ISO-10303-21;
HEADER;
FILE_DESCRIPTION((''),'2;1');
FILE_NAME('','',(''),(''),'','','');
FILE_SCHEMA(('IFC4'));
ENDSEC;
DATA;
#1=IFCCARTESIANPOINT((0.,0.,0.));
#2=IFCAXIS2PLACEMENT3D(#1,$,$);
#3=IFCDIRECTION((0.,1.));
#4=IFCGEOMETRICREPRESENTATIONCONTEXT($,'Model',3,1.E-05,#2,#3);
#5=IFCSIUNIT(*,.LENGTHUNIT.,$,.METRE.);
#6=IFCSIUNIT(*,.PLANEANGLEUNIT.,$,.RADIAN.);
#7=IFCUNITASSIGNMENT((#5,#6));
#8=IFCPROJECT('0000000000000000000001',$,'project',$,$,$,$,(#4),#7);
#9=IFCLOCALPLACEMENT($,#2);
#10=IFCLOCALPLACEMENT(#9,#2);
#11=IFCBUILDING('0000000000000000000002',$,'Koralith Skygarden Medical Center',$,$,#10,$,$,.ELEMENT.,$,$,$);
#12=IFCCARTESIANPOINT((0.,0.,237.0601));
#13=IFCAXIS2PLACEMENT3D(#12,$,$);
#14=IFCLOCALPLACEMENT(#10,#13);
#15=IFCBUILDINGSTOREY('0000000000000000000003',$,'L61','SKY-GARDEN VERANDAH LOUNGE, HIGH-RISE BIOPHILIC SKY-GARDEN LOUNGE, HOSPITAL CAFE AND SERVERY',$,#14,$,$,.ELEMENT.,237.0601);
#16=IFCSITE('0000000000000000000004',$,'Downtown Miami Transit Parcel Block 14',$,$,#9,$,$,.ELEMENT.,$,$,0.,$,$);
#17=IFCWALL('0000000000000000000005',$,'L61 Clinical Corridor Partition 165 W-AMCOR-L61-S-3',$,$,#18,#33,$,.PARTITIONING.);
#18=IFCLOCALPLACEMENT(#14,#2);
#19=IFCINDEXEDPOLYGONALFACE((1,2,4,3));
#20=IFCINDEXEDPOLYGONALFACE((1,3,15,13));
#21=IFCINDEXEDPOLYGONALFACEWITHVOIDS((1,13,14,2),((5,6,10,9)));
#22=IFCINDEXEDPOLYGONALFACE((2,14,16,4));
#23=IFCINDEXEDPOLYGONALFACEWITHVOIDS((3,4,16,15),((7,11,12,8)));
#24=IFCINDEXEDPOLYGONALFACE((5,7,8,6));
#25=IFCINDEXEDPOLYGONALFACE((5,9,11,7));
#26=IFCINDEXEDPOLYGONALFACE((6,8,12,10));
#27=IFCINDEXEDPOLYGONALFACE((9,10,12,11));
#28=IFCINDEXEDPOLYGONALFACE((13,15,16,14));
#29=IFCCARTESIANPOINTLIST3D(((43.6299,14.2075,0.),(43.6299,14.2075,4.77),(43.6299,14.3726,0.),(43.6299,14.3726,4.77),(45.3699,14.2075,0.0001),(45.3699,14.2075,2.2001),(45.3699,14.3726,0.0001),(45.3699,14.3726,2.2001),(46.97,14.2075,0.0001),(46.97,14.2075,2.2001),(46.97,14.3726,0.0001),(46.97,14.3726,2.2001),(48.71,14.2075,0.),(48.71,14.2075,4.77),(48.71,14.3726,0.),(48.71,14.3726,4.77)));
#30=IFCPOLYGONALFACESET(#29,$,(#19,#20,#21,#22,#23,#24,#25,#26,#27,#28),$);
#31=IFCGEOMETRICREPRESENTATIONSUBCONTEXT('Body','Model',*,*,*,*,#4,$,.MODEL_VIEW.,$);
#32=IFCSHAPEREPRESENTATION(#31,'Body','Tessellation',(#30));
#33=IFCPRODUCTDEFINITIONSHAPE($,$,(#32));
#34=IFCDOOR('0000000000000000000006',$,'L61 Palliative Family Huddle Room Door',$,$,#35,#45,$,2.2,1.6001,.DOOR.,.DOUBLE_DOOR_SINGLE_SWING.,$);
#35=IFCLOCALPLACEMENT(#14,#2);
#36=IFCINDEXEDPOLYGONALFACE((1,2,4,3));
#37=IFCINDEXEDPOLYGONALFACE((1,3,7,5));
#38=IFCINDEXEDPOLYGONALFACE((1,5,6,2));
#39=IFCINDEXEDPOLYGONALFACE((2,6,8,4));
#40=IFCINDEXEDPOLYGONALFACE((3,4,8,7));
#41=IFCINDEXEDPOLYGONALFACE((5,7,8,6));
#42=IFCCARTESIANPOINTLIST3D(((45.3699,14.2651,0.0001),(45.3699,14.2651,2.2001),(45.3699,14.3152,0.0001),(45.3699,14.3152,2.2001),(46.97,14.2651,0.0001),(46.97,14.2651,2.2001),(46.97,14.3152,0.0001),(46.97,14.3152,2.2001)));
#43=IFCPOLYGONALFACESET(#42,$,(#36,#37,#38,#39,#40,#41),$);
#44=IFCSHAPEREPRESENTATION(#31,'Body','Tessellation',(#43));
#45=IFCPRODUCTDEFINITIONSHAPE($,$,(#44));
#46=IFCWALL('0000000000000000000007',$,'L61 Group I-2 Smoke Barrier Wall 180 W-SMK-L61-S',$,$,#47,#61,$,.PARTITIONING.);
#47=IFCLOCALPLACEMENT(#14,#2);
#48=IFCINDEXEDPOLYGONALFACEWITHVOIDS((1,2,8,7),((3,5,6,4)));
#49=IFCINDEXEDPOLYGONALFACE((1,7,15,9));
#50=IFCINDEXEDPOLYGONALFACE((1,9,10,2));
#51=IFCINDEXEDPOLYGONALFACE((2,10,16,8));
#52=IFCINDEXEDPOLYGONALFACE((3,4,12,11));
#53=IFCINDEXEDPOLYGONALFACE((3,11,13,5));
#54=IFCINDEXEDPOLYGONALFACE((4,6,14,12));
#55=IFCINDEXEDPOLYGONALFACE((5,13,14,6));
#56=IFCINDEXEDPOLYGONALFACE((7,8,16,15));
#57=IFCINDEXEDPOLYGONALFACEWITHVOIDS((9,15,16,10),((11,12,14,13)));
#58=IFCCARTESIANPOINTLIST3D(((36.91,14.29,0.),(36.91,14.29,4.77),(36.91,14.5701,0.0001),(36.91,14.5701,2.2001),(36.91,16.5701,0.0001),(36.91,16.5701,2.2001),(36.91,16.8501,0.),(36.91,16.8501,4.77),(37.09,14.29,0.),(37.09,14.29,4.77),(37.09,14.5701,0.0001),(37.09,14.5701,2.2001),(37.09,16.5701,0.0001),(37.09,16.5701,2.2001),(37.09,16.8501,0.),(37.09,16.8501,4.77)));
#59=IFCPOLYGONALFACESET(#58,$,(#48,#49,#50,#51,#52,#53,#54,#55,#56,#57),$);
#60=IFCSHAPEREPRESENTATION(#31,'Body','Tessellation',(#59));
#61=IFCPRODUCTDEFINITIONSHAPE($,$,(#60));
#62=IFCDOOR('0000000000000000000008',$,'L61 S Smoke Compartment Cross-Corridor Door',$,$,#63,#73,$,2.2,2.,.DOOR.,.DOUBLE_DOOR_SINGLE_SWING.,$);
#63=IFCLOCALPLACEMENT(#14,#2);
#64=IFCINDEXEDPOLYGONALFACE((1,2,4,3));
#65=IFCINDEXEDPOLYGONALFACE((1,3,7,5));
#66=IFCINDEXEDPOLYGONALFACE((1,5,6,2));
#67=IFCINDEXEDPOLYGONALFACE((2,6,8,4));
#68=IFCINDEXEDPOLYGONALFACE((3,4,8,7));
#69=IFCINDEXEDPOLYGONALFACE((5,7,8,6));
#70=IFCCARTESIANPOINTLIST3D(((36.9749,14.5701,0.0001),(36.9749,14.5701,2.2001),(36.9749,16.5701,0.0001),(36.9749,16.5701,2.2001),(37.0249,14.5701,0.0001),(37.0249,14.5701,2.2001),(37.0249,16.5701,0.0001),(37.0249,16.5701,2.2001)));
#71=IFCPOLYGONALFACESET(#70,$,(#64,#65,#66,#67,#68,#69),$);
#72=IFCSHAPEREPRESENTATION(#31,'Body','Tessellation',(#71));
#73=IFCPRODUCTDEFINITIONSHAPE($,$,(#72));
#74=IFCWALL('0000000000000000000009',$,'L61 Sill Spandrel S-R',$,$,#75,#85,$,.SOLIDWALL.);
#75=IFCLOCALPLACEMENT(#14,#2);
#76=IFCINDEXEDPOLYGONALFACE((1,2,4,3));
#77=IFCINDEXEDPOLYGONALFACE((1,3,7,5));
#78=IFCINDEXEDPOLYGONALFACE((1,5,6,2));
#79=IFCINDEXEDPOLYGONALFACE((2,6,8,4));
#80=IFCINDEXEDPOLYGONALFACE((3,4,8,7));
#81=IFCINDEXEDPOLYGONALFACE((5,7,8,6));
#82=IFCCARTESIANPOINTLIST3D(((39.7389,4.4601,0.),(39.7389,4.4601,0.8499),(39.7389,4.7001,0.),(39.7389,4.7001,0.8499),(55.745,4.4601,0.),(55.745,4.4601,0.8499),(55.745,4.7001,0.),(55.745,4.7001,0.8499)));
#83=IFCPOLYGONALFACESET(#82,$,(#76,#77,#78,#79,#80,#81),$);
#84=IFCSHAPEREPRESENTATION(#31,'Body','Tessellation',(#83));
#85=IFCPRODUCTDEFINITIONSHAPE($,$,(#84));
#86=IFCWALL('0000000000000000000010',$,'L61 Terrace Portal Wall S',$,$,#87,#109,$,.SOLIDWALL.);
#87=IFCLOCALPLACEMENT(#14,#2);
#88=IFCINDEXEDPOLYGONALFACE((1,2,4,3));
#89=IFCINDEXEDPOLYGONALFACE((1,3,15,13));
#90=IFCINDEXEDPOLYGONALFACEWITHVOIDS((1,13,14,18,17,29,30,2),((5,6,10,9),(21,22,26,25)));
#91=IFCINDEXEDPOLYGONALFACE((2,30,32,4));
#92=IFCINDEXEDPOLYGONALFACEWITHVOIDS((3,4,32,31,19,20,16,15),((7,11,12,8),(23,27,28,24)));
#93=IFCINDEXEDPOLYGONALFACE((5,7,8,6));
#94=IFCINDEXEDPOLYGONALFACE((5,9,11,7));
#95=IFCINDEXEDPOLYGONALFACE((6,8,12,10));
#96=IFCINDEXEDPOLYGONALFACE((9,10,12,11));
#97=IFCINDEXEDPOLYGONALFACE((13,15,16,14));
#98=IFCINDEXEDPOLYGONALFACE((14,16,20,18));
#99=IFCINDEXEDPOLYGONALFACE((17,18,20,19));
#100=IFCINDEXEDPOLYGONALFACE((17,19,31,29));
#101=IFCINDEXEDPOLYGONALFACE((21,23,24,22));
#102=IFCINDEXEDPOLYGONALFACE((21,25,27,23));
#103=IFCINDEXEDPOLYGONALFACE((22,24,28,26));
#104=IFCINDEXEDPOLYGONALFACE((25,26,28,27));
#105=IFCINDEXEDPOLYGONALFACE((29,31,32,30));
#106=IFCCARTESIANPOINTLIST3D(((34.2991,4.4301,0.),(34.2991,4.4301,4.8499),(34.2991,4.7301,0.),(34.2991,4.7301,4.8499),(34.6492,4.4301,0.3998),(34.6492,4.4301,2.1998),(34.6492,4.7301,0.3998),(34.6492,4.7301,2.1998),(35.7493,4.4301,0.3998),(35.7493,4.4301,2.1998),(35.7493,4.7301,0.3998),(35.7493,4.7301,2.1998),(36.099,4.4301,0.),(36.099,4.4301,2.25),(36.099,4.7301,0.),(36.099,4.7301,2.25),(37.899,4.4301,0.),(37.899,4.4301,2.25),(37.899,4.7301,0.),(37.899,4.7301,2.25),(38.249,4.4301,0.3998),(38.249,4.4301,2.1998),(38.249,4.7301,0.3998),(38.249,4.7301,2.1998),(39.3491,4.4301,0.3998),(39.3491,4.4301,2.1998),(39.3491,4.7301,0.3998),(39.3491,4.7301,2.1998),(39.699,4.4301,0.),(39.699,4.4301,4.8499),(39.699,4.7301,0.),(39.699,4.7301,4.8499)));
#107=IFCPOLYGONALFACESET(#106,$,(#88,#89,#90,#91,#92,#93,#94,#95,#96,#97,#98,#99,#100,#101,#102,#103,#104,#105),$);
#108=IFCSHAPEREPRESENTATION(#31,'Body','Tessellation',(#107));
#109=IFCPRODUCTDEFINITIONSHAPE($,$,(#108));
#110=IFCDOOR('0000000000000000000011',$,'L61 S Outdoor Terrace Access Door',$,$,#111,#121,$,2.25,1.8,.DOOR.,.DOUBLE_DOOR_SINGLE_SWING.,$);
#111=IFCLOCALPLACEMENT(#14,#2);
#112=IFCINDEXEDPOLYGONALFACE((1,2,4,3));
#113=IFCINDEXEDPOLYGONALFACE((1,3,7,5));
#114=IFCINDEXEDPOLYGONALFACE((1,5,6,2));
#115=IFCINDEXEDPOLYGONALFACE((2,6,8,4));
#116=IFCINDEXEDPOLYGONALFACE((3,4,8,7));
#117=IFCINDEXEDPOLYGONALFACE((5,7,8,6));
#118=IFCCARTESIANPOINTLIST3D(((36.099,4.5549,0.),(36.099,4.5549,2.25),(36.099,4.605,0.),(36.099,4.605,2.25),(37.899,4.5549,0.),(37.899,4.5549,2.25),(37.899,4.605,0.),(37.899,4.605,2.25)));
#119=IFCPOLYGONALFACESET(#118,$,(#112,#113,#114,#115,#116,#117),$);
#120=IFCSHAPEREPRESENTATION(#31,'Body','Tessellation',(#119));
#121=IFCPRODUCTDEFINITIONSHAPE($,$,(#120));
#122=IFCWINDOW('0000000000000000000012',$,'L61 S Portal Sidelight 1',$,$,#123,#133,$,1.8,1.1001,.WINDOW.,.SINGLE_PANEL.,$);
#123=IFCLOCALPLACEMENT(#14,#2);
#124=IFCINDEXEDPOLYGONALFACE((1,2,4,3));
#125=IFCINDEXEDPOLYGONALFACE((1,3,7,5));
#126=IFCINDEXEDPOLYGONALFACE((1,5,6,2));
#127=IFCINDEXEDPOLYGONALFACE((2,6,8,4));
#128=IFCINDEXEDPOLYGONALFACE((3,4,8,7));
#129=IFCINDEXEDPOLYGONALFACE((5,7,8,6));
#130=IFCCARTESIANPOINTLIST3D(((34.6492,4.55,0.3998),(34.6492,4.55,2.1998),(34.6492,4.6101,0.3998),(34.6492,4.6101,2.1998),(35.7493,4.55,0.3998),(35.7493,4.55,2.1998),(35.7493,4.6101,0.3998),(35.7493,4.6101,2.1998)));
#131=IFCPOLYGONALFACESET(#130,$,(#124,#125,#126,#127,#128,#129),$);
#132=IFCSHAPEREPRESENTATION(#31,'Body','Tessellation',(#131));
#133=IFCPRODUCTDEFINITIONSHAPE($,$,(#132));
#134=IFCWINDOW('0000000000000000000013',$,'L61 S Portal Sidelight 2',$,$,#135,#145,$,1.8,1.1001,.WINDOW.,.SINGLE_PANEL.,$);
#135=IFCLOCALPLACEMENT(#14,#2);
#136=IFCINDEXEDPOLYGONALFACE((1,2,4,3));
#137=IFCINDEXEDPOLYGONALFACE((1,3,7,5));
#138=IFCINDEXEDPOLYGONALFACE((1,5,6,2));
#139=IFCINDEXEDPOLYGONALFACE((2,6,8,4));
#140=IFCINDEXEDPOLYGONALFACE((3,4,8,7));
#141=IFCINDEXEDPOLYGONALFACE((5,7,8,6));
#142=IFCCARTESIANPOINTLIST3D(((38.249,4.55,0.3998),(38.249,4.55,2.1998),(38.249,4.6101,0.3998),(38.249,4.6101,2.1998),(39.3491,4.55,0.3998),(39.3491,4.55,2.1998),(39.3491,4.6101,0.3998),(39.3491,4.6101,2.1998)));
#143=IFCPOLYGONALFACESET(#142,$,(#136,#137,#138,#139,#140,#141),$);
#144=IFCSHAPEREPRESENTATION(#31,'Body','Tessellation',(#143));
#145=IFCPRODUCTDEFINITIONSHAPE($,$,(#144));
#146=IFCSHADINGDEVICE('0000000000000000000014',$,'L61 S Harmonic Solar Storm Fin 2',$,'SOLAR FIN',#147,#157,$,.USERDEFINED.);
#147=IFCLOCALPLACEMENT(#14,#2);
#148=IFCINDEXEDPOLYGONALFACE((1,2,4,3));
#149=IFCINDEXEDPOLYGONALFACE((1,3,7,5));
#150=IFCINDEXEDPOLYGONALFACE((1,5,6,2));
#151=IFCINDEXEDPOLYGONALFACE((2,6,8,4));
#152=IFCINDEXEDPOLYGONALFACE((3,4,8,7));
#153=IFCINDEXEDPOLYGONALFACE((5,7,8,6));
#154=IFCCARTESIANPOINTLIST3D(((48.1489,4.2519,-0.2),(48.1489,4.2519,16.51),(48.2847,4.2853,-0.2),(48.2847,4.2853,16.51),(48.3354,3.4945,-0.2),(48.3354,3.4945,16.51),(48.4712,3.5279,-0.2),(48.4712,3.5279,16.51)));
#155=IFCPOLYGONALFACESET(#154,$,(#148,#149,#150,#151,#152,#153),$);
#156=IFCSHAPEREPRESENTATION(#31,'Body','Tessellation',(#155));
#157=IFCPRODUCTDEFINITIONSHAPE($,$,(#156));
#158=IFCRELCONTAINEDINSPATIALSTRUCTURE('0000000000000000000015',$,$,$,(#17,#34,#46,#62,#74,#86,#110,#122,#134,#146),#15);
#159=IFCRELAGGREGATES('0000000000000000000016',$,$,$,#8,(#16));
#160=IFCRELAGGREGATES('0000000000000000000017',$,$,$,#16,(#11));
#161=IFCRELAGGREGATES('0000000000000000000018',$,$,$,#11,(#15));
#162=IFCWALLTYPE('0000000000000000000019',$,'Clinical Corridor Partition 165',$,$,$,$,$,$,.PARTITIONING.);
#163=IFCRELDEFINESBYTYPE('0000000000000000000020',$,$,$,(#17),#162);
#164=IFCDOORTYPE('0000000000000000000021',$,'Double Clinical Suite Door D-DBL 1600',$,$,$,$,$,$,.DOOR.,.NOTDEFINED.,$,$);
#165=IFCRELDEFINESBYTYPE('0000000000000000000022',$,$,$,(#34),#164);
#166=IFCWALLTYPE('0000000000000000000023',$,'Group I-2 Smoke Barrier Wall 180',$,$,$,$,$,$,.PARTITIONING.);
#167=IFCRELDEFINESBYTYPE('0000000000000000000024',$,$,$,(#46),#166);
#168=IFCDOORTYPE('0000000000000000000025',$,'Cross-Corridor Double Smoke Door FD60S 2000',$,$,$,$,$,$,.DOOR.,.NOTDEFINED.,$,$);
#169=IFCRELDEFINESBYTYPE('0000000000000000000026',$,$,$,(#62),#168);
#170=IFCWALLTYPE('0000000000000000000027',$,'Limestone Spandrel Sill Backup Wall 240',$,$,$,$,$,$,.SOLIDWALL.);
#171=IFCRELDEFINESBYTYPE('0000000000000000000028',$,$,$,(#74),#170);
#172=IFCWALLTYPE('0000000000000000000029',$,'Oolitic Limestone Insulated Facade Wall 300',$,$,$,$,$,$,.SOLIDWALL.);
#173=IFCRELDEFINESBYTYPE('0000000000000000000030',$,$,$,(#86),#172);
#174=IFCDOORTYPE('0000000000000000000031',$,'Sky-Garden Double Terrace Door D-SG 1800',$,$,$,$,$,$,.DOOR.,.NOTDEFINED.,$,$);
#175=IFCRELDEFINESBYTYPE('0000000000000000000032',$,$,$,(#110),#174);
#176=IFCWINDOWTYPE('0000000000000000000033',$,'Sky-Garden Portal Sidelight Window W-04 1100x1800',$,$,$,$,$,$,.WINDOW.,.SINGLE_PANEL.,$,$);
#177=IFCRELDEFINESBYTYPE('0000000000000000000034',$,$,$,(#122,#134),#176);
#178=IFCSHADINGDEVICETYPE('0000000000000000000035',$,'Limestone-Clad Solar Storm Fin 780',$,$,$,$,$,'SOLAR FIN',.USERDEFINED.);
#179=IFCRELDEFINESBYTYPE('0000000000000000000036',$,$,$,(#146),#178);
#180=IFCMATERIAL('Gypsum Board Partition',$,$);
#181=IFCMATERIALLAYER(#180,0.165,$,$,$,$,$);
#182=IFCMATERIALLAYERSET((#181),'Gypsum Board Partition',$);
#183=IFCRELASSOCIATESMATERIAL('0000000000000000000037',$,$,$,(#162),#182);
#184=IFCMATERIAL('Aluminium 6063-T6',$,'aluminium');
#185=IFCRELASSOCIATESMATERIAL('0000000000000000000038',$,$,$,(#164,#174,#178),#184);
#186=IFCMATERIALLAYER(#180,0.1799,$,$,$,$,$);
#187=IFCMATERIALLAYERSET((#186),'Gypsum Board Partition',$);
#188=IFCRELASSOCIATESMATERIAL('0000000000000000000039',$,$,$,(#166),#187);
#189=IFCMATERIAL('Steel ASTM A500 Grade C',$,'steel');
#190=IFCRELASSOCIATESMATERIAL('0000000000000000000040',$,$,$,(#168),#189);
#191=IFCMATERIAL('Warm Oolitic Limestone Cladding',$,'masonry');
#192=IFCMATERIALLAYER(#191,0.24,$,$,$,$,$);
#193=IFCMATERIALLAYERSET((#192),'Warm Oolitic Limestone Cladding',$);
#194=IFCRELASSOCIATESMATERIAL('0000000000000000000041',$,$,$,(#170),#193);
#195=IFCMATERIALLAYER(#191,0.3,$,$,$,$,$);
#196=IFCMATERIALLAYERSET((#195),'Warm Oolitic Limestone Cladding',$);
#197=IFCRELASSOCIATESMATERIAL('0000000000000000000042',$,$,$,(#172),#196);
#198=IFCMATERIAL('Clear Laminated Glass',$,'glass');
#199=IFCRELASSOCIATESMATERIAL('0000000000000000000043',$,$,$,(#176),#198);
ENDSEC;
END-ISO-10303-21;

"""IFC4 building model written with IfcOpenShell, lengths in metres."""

from ifc_helpers import new_model, si_unit, direction, frame, frame_2d, origin, origin_2d, place, context, subcontext, project, spatial, rectangle, extrude, material, layer, layer_set, type_object, element, fill, save


model = new_model("IFC4")

# Units and contexts
model_context = context("Model", 3, precision=1e-05, world=origin(), true_north=direction((0.0, 1.0)))
body_context = subcontext(model_context, "Body", "Model", "MODEL_VIEW")
ifc_project = project(units=[si_unit("LENGTHUNIT", "METRE"), si_unit("PLANEANGLEUNIT", "RADIAN")], contexts=[model_context])

# Site, building, storey
site_placement = place(None, origin())
site = spatial("IfcSite", under=ifc_project, at=site_placement, Name="Downtown Miami Transit Parcel Block 14", CompositionType="ELEMENT", RefElevation=0.0)
building_placement = place(site_placement, origin())
building = spatial("IfcBuilding", under=site, at=building_placement, Name="Koralith Skygarden Medical Center", CompositionType="ELEMENT")
storey_placement = place(building_placement, frame((0.0, 0.0, 237.0601)))
storey = spatial("IfcBuildingStorey", under=building, at=storey_placement, Name="L61", Description="SKY-GARDEN VERANDAH LOUNGE, HIGH-RISE BIOPHILIC SKY-GARDEN LOUNGE, HOSPITAL CAFE AND SERVERY", CompositionType="ELEMENT", Elevation=237.0601)

# Shared definitions
ifc_material_1 = material(Name="Clear Laminated Glass", Category="glass")
ifc_material_2 = material(Name="Aluminium 6063-T6", Category="aluminium")

# Shared definitions
ifc_material_3 = material(Name="Gypsum Board Partition")
ifc_layer_1 = layer(ifc_material_3, 0.165)
ifc_layer_set_1 = layer_set([ifc_layer_1], Name="Gypsum Board Partition")
wall_type_1 = type_object("IfcWallType", Name="Clinical Corridor Partition 165", PredefinedType="PARTITIONING", material=ifc_layer_set_1)

# Walls, openings, doors
wall_1_placement = place(storey_placement, frame((43.6299, 14.29, 0.0), z_axis=(0.0, 0.0, 1.0), x_axis=(1.0, 0.0, 0.0)))
wall_1 = element("IfcWall", 1, at=wall_1_placement, inside=storey, type_object=wall_type_1, Name="L61 Clinical Corridor Partition 165 W-AMCOR-L61-S-3", PredefinedType="PARTITIONING", context=body_context, shape_type="SweptSolid", body=[
    extrude(rectangle(XDim=5.0801, YDim=0.165, at=frame_2d((2.54, 0.0))), origin(), (0.0, 0.0, 1.0), 4.77),
])
opening_1_placement = place(wall_1_placement, frame((1.74, 0.0, 0.0)))
opening_1 = element("IfcOpeningElement", 2, at=opening_1_placement, cuts=wall_1, PredefinedType="OPENING", context=body_context, shape_type="SweptSolid", body=[
    extrude(rectangle(XDim=1.6001, YDim=2.2, at=frame_2d((0.8, 1.1001))), frame((0.0, 0.0925, 0.0), z_axis=(0.0, -1.0, 0.0), x_axis=(1.0, 0.0, 0.0)), (0.0, 0.0, 1.0), 0.1851),
])
door_type_1 = type_object("IfcDoorType", Name="Double Clinical Suite Door D-DBL 1600", OperationType="NOTDEFINED", PredefinedType="DOOR", material=ifc_material_2)
door_1_placement = place(opening_1_placement, frame((1.6001, 0.0, 0.0), z_axis=(0.0, 0.0, 1.0), x_axis=(-1.0, 0.0, 0.0)))
door_1 = element("IfcDoor", 3, at=door_1_placement, inside=storey, type_object=door_type_1, Name="L61 Palliative Family Huddle Room Door", OperationType="DOUBLE_DOOR_SINGLE_SWING", OverallHeight=2.2, OverallWidth=1.6001, PredefinedType="DOOR", context=body_context, shape_type="SweptSolid", body=[
    extrude(rectangle(XDim=1.6001, YDim=2.2, at=frame_2d((0.8, 1.1001))), frame((0.0, 0.0249, 0.0), z_axis=(0.0, -1.0, 0.0), x_axis=(1.0, 0.0, 0.0)), (0.0, 0.0, 1.0), 0.05),
])
fill(opening_1, door_1)
ifc_layer_2 = layer(ifc_material_3, 0.1799)
ifc_layer_set_2 = layer_set([ifc_layer_2], Name="Gypsum Board Partition")
wall_type_2 = type_object("IfcWallType", Name="Group I-2 Smoke Barrier Wall 180", PredefinedType="PARTITIONING", material=ifc_layer_set_2)
wall_2_placement = place(storey_placement, frame((37.0, 14.29, 0.0), z_axis=(0.0, 0.0, 1.0), x_axis=(0.0, 1.0, 0.0)))
wall_2 = element("IfcWall", 4, at=wall_2_placement, inside=storey, type_object=wall_type_2, Name="L61 Group I-2 Smoke Barrier Wall 180 W-SMK-L61-S", PredefinedType="PARTITIONING", context=body_context, shape_type="SweptSolid", body=[
    extrude(rectangle(XDim=2.5601, YDim=0.1799, at=frame_2d((1.28, 0.0))), origin(), (0.0, 0.0, 1.0), 4.77),
])
opening_2_placement = place(wall_2_placement, frame((0.28, 0.0, 0.0)))
opening_2 = element("IfcOpeningElement", 5, at=opening_2_placement, cuts=wall_2, PredefinedType="OPENING", context=body_context, shape_type="SweptSolid", body=[
    extrude(rectangle(XDim=2.0, YDim=2.2, at=frame_2d((1.0, 1.1001))), frame((0.0, 0.0999, 0.0), z_axis=(0.0, -1.0, 0.0), x_axis=(1.0, 0.0, 0.0)), (0.0, 0.0, 1.0), 0.2),
])
ifc_material_4 = material(Name="Steel ASTM A500 Grade C", Category="steel")
door_type_2 = type_object("IfcDoorType", Name="Cross-Corridor Double Smoke Door FD60S 2000", OperationType="NOTDEFINED", PredefinedType="DOOR", material=ifc_material_4)
door_2_placement = place(opening_2_placement, frame((2.0, 0.0, 0.0), z_axis=(0.0, 0.0, 1.0), x_axis=(-1.0, 0.0, 0.0)))
door_2 = element("IfcDoor", 6, at=door_2_placement, inside=storey, type_object=door_type_2, Name="L61 S Smoke Compartment Cross-Corridor Door", OperationType="DOUBLE_DOOR_SINGLE_SWING", OverallHeight=2.2, OverallWidth=2.0, PredefinedType="DOOR", context=body_context, shape_type="SweptSolid", body=[
    extrude(rectangle(XDim=2.0, YDim=2.2, at=frame_2d((1.0, 1.1001))), frame((0.0, 0.0249, 0.0), z_axis=(0.0, -1.0, 0.0), x_axis=(1.0, 0.0, 0.0)), (0.0, 0.0, 1.0), 0.05),
])
fill(opening_2, door_2)

# Wall
ifc_material_5 = material(Name="Warm Oolitic Limestone Cladding", Category="masonry")
ifc_layer_3 = layer(ifc_material_5, 0.24)
ifc_layer_set_3 = layer_set([ifc_layer_3], Name="Warm Oolitic Limestone Cladding")
wall_type_3 = type_object("IfcWallType", Name="Limestone Spandrel Sill Backup Wall 240", PredefinedType="SOLIDWALL", material=ifc_layer_set_3)
wall_3_placement = place(storey_placement, frame((39.739, 4.5801, 0.0), z_axis=(0.0, 0.0, 1.0), x_axis=(1.0, 0.0, 0.0)))
element("IfcWall", 7, at=wall_3_placement, inside=storey, type_object=wall_type_3, Name="L61 Sill Spandrel S-R", PredefinedType="SOLIDWALL", context=body_context, shape_type="SweptSolid", body=[
    extrude(rectangle(XDim=16.0061, YDim=0.24, at=frame_2d((8.0029, 0.0))), origin(), (0.0, 0.0, 1.0), 0.8499),
])

# Wall, openings, door, windows
ifc_layer_4 = layer(ifc_material_5, 0.3)
ifc_layer_set_4 = layer_set([ifc_layer_4], Name="Warm Oolitic Limestone Cladding")
wall_type_4 = type_object("IfcWallType", Name="Oolitic Limestone Insulated Facade Wall 300", PredefinedType="SOLIDWALL", material=ifc_layer_set_4)
wall_4_placement = place(storey_placement, frame((34.2991, 4.5801, 0.0), z_axis=(0.0, 0.0, 1.0), x_axis=(1.0, 0.0, 0.0)))
wall_4 = element("IfcWall", 8, at=wall_4_placement, inside=storey, type_object=wall_type_4, Name="L61 Terrace Portal Wall S", PredefinedType="SOLIDWALL", context=body_context, shape_type="SweptSolid", body=[
    extrude(rectangle(XDim=5.3999, YDim=0.3, at=frame_2d((2.7, 0.0))), origin(), (0.0, 0.0, 1.0), 4.8499),
])
opening_3_placement = place(wall_4_placement, frame((1.8, 0.0, 0.0)))
opening_3 = element("IfcOpeningElement", 9, at=opening_3_placement, cuts=wall_4, PredefinedType="OPENING", context=body_context, shape_type="SweptSolid", body=[
    extrude(rectangle(XDim=1.8, YDim=2.25, at=frame_2d((0.8999, 1.125))), frame((0.0, 0.1599, 0.0), z_axis=(0.0, -1.0, 0.0), x_axis=(1.0, 0.0, 0.0)), (0.0, 0.0, 1.0), 0.3201),
])
opening_4_placement = place(wall_4_placement, frame((0.3501, 0.0, 0.3999)))
opening_4 = element("IfcOpeningElement", 10, at=opening_4_placement, cuts=wall_4, PredefinedType="OPENING", context=body_context, shape_type="SweptSolid", body=[
    extrude(rectangle(XDim=1.1001, YDim=1.8, at=frame_2d((0.55, 0.8999))), frame((0.0, 0.1599, 0.0), z_axis=(0.0, -1.0, 0.0), x_axis=(1.0, 0.0, 0.0)), (0.0, 0.0, 1.0), 0.3201),
])
opening_5_placement = place(wall_4_placement, frame((3.95, 0.0, 0.3999)))
opening_5 = element("IfcOpeningElement", 11, at=opening_5_placement, cuts=wall_4, PredefinedType="OPENING", context=body_context, shape_type="SweptSolid", body=[
    extrude(rectangle(XDim=1.1001, YDim=1.8, at=frame_2d((0.55, 0.8999))), frame((0.0, 0.1599, 0.0), z_axis=(0.0, -1.0, 0.0), x_axis=(1.0, 0.0, 0.0)), (0.0, 0.0, 1.0), 0.3201),
])
door_type_3 = type_object("IfcDoorType", Name="Sky-Garden Double Terrace Door D-SG 1800", OperationType="NOTDEFINED", PredefinedType="DOOR", material=ifc_material_2)
door_3_placement = place(opening_3_placement, origin())
door_3 = element("IfcDoor", 12, at=door_3_placement, inside=storey, type_object=door_type_3, Name="L61 S Outdoor Terrace Access Door", OperationType="DOUBLE_DOOR_SINGLE_SWING", OverallHeight=2.25, OverallWidth=1.8, PredefinedType="DOOR", context=body_context, shape_type="SweptSolid", body=[
    extrude(rectangle(XDim=1.8, YDim=2.25, at=frame_2d((0.8999, 1.125))), frame((0.0, 0.0249, 0.0), z_axis=(0.0, -1.0, 0.0), x_axis=(1.0, 0.0, 0.0)), (0.0, 0.0, 1.0), 0.05),
])
fill(opening_3, door_3)
window_type = type_object("IfcWindowType", Name="Sky-Garden Portal Sidelight Window W-04 1100x1800", PartitioningType="SINGLE_PANEL", PredefinedType="WINDOW", material=ifc_material_1)
window_1_placement = place(opening_4_placement, origin())
window_1 = element("IfcWindow", 13, at=window_1_placement, inside=storey, type_object=window_type, Name="L61 S Portal Sidelight 1", OverallHeight=1.8, OverallWidth=1.1001, PartitioningType="SINGLE_PANEL", PredefinedType="WINDOW", context=body_context, shape_type="SweptSolid", body=[
    extrude(rectangle(XDim=1.1001, YDim=1.8, at=frame_2d((0.55, 0.8999))), frame((0.0, 0.03, 0.0), z_axis=(0.0, -1.0, 0.0), x_axis=(1.0, 0.0, 0.0)), (0.0, 0.0, 1.0), 0.0601),
])
fill(opening_4, window_1)
window_2_placement = place(opening_5_placement, origin())
window_2 = element("IfcWindow", 14, at=window_2_placement, inside=storey, type_object=window_type, Name="L61 S Portal Sidelight 2", OverallHeight=1.8, OverallWidth=1.1001, PartitioningType="SINGLE_PANEL", PredefinedType="WINDOW", context=body_context, shape_type="SweptSolid", body=[
    extrude(rectangle(XDim=1.1001, YDim=1.8, at=frame_2d((0.55, 0.8999))), frame((0.0, 0.03, 0.0), z_axis=(0.0, -1.0, 0.0), x_axis=(1.0, 0.0, 0.0)), (0.0, 0.0, 1.0), 0.0601),
])
fill(opening_5, window_2)

# Shading device
shading_device_type_1 = type_object("IfcShadingDeviceType", Name="Limestone-Clad Solar Storm Fin 780", ElementType="SOLAR FIN", PredefinedType="USERDEFINED", material=ifc_material_2)
shading_device_1_placement = place(storey_placement, frame((48.3101, 3.8899, -0.2), z_axis=(0.0, 0.0, 1.0), x_axis=(0.239093, -0.970997, 0.0)))
element("IfcShadingDevice", 15, at=shading_device_1_placement, inside=storey, type_object=shading_device_type_1, Name="L61 S Harmonic Solar Storm Fin 2", ObjectType="SOLAR FIN", PredefinedType="USERDEFINED", context=body_context, shape_type="SweptSolid", body=[
    extrude(rectangle(XDim=0.78, YDim=0.1399, at=origin_2d()), origin(), (0.0, 0.0, 1.0), 16.71),
])

save(model, "model.ifc")
